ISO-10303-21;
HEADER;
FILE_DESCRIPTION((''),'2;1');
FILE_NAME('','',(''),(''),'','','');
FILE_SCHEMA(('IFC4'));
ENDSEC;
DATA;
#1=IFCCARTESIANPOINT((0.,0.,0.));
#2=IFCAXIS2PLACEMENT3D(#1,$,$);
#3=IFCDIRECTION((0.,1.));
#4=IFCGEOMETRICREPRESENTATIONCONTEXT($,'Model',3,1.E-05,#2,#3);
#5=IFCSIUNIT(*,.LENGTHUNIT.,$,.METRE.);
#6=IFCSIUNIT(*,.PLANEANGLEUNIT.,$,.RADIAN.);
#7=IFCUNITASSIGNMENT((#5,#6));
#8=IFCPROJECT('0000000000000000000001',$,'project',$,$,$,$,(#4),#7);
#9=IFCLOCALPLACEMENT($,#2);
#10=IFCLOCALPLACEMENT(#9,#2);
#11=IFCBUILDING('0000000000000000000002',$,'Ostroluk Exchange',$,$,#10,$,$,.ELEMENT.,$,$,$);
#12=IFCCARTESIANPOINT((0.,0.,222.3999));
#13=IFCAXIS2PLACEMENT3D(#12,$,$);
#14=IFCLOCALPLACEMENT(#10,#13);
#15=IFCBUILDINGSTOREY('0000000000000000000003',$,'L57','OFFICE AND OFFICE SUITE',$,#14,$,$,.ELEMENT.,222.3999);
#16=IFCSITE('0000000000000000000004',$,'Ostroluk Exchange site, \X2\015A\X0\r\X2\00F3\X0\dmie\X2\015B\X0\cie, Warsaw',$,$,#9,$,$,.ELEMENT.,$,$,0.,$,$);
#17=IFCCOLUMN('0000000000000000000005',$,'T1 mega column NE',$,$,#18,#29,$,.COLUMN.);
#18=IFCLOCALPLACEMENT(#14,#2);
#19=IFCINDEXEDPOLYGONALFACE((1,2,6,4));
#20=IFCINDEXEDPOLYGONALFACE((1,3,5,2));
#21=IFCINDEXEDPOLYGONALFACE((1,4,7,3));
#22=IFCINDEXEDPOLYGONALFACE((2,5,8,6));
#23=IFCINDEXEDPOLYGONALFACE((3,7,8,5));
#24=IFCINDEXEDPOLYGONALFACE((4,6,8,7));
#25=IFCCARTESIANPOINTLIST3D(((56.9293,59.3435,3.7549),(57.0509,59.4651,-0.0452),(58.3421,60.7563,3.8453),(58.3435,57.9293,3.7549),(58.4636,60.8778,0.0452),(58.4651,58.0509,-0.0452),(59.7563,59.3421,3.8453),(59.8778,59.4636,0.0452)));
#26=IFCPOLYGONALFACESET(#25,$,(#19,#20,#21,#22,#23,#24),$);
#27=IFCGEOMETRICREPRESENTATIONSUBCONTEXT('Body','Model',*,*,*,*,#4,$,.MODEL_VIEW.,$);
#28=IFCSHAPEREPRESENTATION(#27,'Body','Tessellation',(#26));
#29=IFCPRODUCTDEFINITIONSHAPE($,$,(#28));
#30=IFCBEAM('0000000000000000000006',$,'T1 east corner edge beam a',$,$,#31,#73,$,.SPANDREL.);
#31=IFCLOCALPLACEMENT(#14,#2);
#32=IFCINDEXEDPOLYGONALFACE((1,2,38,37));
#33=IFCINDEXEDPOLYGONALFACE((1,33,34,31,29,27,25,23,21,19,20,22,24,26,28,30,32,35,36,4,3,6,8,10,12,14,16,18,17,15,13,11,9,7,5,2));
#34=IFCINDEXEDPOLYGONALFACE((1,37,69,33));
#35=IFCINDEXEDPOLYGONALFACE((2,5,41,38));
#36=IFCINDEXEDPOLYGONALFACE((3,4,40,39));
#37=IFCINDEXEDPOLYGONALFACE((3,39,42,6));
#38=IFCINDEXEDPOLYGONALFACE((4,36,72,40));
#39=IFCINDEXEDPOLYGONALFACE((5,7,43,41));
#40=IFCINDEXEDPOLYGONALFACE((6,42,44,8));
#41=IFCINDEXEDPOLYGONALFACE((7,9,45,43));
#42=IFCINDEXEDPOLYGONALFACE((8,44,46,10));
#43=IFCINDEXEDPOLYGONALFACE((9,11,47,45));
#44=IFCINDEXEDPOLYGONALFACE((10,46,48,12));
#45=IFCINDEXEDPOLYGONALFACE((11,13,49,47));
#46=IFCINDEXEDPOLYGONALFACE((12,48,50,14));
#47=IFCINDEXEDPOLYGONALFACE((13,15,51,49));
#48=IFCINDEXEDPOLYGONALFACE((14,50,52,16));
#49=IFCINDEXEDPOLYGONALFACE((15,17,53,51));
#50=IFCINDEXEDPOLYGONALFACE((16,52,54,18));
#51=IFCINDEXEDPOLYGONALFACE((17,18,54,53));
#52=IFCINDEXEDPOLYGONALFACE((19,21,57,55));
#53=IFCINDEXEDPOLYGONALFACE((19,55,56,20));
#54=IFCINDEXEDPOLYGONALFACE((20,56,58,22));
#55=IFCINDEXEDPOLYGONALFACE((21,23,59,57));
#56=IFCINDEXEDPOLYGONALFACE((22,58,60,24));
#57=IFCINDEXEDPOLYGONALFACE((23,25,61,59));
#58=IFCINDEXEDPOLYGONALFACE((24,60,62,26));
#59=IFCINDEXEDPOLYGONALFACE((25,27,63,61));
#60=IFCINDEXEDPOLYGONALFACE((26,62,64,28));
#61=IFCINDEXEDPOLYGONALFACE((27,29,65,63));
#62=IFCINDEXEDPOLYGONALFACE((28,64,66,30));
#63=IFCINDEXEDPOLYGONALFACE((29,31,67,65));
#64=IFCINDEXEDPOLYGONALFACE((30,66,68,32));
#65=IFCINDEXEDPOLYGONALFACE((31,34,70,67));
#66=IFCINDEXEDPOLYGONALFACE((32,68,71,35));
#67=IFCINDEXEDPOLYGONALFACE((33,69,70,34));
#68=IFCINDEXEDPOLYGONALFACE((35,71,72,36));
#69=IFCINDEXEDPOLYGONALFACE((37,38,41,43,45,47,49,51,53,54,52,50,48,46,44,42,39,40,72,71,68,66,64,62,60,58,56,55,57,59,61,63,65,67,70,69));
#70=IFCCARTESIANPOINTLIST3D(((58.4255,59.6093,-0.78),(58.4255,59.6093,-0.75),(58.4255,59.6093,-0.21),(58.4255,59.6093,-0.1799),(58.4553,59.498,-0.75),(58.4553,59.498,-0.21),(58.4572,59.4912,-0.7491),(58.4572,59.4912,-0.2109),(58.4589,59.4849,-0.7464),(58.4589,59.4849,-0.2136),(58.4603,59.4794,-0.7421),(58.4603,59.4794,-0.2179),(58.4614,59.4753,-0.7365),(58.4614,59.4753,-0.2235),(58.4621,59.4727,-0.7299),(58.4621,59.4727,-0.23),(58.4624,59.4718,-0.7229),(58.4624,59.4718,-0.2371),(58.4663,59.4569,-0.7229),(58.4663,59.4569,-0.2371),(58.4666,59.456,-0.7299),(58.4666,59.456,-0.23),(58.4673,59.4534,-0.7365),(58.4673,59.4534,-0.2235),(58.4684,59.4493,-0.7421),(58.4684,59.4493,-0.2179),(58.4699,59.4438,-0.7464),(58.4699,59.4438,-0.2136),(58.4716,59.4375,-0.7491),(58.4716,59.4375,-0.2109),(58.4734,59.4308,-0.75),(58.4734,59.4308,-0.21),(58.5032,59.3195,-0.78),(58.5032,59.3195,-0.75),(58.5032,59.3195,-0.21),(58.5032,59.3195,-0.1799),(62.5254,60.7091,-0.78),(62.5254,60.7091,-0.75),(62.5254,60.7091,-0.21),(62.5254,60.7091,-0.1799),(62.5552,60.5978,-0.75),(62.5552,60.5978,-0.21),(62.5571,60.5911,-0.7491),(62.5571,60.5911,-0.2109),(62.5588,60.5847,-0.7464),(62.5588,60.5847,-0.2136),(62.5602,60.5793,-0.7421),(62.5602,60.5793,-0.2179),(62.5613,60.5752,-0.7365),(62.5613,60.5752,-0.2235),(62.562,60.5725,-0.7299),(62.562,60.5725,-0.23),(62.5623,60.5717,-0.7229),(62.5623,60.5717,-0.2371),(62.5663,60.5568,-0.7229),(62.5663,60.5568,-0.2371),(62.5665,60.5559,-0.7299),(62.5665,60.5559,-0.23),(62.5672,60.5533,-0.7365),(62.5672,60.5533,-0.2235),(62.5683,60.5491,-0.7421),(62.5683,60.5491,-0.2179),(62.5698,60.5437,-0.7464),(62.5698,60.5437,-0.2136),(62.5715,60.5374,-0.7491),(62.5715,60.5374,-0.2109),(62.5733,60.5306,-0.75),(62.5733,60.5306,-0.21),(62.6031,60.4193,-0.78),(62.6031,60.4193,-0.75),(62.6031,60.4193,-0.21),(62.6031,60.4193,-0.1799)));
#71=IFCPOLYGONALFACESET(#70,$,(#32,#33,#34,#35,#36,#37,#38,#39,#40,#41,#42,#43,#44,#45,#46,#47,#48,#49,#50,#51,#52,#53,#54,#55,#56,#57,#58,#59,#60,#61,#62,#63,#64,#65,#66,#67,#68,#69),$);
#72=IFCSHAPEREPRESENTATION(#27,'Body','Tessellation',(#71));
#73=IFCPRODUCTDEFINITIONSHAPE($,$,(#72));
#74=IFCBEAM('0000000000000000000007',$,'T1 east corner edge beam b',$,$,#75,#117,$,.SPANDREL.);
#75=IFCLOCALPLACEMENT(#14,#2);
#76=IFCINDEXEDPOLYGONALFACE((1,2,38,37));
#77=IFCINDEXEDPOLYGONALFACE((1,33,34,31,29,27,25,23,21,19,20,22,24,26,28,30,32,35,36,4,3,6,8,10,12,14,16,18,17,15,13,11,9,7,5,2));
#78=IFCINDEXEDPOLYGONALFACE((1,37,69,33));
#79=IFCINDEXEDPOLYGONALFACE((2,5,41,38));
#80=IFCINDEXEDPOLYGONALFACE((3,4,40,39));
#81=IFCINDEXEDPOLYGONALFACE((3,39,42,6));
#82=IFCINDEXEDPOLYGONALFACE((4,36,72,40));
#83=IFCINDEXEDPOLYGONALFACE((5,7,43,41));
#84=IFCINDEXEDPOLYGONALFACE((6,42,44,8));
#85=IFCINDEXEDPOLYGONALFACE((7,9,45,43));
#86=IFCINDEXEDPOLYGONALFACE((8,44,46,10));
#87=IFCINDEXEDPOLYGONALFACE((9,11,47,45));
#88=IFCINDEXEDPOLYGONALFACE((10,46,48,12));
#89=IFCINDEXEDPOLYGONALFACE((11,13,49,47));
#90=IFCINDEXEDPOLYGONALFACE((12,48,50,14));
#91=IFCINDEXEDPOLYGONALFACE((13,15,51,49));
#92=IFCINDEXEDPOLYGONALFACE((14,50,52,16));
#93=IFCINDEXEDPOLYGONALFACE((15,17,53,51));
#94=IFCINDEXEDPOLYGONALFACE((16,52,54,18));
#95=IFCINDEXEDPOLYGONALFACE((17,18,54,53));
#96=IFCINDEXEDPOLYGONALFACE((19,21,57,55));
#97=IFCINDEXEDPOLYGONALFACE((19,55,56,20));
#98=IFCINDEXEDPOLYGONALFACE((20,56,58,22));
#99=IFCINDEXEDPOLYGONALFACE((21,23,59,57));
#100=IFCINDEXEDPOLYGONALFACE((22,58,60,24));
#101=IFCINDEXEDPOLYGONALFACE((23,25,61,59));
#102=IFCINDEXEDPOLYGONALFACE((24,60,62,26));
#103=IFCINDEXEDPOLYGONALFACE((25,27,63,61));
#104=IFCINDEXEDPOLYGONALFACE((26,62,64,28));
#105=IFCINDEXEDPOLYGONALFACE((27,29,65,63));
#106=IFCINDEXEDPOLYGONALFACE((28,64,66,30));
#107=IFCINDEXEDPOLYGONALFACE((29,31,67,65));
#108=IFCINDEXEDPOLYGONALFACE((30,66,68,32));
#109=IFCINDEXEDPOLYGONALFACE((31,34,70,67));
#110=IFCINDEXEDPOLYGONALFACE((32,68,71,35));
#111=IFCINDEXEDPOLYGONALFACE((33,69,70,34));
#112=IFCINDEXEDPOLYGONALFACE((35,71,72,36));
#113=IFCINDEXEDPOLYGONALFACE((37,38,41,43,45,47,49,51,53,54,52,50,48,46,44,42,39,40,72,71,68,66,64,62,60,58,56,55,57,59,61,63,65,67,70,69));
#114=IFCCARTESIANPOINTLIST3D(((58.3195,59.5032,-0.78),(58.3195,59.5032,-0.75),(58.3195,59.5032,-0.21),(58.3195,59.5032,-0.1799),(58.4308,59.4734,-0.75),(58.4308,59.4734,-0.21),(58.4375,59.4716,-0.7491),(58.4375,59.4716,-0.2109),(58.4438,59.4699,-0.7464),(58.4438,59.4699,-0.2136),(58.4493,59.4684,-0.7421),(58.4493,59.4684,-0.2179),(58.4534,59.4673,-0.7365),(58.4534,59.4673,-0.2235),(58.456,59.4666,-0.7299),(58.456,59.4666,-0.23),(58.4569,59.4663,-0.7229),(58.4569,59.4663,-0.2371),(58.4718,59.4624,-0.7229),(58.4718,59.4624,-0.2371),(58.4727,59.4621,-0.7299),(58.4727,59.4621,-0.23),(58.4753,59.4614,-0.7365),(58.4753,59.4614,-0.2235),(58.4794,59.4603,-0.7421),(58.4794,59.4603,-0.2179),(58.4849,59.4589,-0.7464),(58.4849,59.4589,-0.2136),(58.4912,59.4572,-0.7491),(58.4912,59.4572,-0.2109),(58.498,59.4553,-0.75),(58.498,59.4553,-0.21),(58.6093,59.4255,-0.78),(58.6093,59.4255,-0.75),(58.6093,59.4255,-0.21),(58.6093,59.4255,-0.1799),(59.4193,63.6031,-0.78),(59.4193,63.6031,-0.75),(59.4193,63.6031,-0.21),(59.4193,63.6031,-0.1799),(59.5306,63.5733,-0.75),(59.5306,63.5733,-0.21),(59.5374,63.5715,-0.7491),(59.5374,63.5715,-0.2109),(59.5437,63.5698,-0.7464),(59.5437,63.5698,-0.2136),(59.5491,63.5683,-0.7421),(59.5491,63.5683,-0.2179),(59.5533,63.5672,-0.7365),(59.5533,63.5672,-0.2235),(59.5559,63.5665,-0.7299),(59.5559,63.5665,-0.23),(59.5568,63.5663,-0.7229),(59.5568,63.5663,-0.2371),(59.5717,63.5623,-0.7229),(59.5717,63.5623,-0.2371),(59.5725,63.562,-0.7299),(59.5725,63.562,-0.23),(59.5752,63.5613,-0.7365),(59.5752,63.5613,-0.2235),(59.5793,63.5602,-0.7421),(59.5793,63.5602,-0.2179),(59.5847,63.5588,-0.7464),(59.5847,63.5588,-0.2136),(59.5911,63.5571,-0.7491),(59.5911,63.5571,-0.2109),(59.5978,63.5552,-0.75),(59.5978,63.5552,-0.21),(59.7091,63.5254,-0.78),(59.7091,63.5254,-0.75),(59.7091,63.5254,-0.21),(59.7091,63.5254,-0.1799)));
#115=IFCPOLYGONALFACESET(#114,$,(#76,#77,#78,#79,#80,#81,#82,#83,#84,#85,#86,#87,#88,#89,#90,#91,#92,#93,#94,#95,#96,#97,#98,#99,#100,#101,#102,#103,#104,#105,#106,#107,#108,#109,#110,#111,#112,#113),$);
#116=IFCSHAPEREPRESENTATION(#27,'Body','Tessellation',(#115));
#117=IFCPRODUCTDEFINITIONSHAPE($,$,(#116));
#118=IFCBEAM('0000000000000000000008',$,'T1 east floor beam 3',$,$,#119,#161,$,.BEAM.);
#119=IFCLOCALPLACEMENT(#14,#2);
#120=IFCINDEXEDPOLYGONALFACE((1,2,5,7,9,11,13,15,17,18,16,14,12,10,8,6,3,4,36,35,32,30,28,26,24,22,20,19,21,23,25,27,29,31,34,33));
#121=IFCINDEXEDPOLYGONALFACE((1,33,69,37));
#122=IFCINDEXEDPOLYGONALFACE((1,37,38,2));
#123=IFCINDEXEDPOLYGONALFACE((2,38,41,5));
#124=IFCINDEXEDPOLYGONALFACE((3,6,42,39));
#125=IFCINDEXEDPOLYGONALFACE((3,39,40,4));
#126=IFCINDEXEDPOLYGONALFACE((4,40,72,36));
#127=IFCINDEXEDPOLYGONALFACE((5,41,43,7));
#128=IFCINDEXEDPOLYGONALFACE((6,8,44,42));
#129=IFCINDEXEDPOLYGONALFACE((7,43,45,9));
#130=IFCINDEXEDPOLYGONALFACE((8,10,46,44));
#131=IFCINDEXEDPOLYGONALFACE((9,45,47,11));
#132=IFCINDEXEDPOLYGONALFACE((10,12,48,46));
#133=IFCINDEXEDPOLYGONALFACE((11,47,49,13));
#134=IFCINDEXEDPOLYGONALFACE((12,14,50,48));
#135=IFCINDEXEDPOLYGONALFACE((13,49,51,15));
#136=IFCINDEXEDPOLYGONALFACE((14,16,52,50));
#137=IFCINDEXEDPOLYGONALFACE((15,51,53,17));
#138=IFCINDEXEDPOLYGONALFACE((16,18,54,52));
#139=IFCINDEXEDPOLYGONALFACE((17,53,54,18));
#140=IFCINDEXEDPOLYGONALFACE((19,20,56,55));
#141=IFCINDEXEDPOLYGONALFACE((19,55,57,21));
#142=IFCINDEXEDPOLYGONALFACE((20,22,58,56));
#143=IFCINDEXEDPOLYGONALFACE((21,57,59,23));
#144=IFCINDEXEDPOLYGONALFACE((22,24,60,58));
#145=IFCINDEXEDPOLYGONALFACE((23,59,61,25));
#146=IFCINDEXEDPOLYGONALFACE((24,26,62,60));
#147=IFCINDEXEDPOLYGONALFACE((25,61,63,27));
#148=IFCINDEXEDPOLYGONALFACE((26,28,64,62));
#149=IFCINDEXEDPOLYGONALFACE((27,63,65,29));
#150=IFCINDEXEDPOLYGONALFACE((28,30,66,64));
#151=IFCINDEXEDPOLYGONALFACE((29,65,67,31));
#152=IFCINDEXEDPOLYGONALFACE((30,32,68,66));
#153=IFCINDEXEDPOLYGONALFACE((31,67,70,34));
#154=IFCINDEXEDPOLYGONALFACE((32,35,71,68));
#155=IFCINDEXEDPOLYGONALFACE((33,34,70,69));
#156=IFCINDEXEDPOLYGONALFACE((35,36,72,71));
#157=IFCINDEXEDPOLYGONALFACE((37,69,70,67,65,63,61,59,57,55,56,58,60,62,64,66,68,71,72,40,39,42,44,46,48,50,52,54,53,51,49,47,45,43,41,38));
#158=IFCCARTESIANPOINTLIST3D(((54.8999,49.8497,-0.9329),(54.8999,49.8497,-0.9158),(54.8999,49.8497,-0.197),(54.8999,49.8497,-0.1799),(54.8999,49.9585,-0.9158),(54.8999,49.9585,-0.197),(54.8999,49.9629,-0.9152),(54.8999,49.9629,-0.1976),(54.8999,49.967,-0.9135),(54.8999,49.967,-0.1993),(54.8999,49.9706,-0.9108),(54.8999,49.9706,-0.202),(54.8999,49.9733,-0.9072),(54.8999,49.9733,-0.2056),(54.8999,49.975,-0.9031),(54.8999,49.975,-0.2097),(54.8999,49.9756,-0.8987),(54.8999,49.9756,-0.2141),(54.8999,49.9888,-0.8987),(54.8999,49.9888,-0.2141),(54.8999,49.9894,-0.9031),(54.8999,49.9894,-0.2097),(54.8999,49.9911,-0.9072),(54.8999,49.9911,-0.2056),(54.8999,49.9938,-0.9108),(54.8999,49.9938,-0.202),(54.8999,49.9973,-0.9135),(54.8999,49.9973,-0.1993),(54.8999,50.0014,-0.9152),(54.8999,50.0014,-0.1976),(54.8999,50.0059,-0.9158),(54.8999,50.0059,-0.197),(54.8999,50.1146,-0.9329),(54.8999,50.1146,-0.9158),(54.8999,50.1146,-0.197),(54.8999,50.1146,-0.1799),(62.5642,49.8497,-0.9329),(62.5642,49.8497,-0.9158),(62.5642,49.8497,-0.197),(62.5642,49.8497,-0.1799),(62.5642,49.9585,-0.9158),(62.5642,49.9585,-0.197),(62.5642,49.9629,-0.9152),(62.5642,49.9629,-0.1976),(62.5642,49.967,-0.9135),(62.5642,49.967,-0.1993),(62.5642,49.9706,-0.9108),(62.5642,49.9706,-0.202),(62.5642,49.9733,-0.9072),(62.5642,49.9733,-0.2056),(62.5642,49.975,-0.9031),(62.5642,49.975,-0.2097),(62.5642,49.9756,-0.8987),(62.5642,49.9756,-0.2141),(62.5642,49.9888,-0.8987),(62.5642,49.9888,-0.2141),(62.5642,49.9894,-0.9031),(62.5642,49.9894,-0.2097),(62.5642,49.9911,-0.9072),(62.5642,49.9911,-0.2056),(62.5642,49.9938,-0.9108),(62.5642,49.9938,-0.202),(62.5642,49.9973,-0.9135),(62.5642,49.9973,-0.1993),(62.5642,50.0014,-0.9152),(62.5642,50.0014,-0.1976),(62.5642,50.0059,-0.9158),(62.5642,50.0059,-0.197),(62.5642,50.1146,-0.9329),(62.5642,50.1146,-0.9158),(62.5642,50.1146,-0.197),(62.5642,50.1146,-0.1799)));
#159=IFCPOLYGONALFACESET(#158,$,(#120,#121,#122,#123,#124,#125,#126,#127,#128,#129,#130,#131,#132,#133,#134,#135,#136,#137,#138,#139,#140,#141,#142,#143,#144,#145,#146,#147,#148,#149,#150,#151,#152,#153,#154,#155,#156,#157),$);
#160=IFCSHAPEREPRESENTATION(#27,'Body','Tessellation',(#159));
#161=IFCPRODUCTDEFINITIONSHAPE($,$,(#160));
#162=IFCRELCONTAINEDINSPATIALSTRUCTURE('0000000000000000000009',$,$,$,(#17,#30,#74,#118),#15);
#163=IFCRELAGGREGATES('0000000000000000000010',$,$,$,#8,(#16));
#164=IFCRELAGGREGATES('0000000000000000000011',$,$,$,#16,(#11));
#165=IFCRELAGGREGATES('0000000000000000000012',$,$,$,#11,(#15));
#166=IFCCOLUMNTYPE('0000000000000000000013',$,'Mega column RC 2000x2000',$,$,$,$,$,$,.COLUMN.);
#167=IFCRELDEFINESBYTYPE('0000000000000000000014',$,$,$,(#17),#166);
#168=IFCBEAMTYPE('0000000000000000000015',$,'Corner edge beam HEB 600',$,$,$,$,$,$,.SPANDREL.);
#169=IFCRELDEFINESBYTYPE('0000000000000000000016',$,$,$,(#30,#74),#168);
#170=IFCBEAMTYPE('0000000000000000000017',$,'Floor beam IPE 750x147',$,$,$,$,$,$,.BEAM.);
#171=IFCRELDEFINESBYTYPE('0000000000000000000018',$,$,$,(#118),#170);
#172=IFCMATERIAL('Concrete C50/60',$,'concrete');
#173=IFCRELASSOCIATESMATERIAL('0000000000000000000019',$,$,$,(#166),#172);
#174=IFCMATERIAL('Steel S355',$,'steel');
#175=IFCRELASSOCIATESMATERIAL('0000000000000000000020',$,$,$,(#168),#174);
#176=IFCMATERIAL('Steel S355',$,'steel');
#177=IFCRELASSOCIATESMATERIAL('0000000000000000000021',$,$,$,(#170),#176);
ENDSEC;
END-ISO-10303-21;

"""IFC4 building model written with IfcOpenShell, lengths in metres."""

from ifc_helpers import new_model, si_unit, direction, frame, origin, origin_2d, place, context, subcontext, project, spatial, rectangle, i_section, extrude, material, material_profile, profile_set, type_object, element, save


model = new_model("IFC4")

# Units and contexts
model_context = context("Model", 3, precision=1e-05, world=origin(), true_north=direction((0.0, 1.0)))
body_context = subcontext(model_context, "Body", "Model", "MODEL_VIEW")
ifc_project = project(units=[si_unit("LENGTHUNIT", "METRE"), si_unit("PLANEANGLEUNIT", "RADIAN")], contexts=[model_context])

# Site, building, storey
site_placement = place(None, origin())
site = spatial("IfcSite", under=ifc_project, at=site_placement, Name="Ostroluk Exchange site, Śródmieście, Warsaw", CompositionType="ELEMENT", RefElevation=0.0)
building_placement = place(site_placement, origin())
building = spatial("IfcBuilding", under=site, at=building_placement, Name="Ostroluk Exchange", CompositionType="ELEMENT")
storey_placement = place(building_placement, frame((0.0, 0.0, 222.3999)))
storey = spatial("IfcBuildingStorey", under=building, at=storey_placement, Name="L57", Description="OFFICE AND OFFICE SUITE", CompositionType="ELEMENT", Elevation=222.3999)

# Column
ifc_material_1 = material(Name="Concrete C50/60", Category="concrete")
ifc_material_profile_1 = material_profile(ifc_material_1, rectangle(XDim=2.0, YDim=2.0, at=origin_2d()), Name="RC 2000x2000")
ifc_profile_set_1 = profile_set([ifc_material_profile_1], Name="Concrete C50/60")
column_type = type_object("IfcColumnType", Name="Mega column RC 2000x2000", PredefinedType="COLUMN", material=ifc_profile_set_1)
column_placement = place(storey_placement, frame((58.4644, 59.4644, 0.0), z_axis=(-0.031962, -0.031962, 0.998978), x_axis=(0.707107, -0.707107, 0.0)))
element("IfcColumn", 1, at=column_placement, inside=storey, type_object=column_type, Name="T1 mega column NE", PredefinedType="COLUMN", context=body_context, shape_type="SweptSolid", body=[
    extrude(rectangle(XDim=2.0, YDim=2.0, at=origin_2d()), origin(), (0.0, 0.0, 1.0), 3.804),
])

# Beams
ifc_material_2 = material(Name="Steel S355", Category="steel")
ifc_material_profile_2 = material_profile(ifc_material_2, i_section(OverallWidth=0.3, OverallDepth=0.6001, WebThickness=0.0154, FlangeThickness=0.03, FilletRadius=0.0271, at=origin_2d()), Name="HEB 600")
ifc_profile_set_2 = profile_set([ifc_material_profile_2], Name="Steel S355")
beam_type_1 = type_object("IfcBeamType", Name="Corner edge beam HEB 600", PredefinedType="SPANDREL", material=ifc_profile_set_2)
for number, where, z_axis, x_axis, name in (
    (2, (58.4644, 59.4644, -0.48), (0.965849, 0.259105, 0.0), (-0.259105, 0.965849, 0.0), "T1 east corner edge beam a"),
    (3, (58.4644, 59.4644, -0.48), (0.259105, 0.965849, 0.0), (-0.965849, 0.259105, 0.0), "T1 east corner edge beam b"),
):
    element("IfcBeam", number, at=place(storey_placement, frame(where, z_axis=z_axis, x_axis=x_axis)), inside=storey, type_object=beam_type_1, Name=name, PredefinedType="SPANDREL", context=body_context, shape_type="SweptSolid", body=[
        extrude(i_section(OverallWidth=0.3, OverallDepth=0.6001, WebThickness=0.0154, FlangeThickness=0.03, FilletRadius=0.0271, at=origin_2d()), origin(), (0.0, 0.0, 1.0), 4.2449),
    ])
ifc_material_3 = material(Name="Steel S355", Category="steel")
ifc_material_profile_3 = material_profile(ifc_material_3, i_section(OverallWidth=0.2649, OverallDepth=0.7529, WebThickness=0.0132, FlangeThickness=0.0171, FilletRadius=0.0171, at=origin_2d()), Name="IPE 750x147")
ifc_profile_set_3 = profile_set([ifc_material_profile_3], Name="Steel S355")
beam_type_2 = type_object("IfcBeamType", Name="Floor beam IPE 750x147", PredefinedType="BEAM", material=ifc_profile_set_3)
for number, where, z_axis, x_axis, name in (
    (4, (54.8999, 49.9822, -0.5564), (1.0, 0.0, 0.0), (0.0, 1.0, 0.0), "T1 east floor beam 3"),
):
    element("IfcBeam", number, at=place(storey_placement, frame(where, z_axis=z_axis, x_axis=x_axis)), inside=storey, type_object=beam_type_2, Name=name, PredefinedType="BEAM", context=body_context, shape_type="SweptSolid", body=[
        extrude(i_section(OverallWidth=0.2649, OverallDepth=0.7529, WebThickness=0.0132, FlangeThickness=0.0171, FilletRadius=0.0171, at=origin_2d()), origin(), (0.0, 0.0, 1.0), 7.6643),
    ])

save(model, "model.ifc")
